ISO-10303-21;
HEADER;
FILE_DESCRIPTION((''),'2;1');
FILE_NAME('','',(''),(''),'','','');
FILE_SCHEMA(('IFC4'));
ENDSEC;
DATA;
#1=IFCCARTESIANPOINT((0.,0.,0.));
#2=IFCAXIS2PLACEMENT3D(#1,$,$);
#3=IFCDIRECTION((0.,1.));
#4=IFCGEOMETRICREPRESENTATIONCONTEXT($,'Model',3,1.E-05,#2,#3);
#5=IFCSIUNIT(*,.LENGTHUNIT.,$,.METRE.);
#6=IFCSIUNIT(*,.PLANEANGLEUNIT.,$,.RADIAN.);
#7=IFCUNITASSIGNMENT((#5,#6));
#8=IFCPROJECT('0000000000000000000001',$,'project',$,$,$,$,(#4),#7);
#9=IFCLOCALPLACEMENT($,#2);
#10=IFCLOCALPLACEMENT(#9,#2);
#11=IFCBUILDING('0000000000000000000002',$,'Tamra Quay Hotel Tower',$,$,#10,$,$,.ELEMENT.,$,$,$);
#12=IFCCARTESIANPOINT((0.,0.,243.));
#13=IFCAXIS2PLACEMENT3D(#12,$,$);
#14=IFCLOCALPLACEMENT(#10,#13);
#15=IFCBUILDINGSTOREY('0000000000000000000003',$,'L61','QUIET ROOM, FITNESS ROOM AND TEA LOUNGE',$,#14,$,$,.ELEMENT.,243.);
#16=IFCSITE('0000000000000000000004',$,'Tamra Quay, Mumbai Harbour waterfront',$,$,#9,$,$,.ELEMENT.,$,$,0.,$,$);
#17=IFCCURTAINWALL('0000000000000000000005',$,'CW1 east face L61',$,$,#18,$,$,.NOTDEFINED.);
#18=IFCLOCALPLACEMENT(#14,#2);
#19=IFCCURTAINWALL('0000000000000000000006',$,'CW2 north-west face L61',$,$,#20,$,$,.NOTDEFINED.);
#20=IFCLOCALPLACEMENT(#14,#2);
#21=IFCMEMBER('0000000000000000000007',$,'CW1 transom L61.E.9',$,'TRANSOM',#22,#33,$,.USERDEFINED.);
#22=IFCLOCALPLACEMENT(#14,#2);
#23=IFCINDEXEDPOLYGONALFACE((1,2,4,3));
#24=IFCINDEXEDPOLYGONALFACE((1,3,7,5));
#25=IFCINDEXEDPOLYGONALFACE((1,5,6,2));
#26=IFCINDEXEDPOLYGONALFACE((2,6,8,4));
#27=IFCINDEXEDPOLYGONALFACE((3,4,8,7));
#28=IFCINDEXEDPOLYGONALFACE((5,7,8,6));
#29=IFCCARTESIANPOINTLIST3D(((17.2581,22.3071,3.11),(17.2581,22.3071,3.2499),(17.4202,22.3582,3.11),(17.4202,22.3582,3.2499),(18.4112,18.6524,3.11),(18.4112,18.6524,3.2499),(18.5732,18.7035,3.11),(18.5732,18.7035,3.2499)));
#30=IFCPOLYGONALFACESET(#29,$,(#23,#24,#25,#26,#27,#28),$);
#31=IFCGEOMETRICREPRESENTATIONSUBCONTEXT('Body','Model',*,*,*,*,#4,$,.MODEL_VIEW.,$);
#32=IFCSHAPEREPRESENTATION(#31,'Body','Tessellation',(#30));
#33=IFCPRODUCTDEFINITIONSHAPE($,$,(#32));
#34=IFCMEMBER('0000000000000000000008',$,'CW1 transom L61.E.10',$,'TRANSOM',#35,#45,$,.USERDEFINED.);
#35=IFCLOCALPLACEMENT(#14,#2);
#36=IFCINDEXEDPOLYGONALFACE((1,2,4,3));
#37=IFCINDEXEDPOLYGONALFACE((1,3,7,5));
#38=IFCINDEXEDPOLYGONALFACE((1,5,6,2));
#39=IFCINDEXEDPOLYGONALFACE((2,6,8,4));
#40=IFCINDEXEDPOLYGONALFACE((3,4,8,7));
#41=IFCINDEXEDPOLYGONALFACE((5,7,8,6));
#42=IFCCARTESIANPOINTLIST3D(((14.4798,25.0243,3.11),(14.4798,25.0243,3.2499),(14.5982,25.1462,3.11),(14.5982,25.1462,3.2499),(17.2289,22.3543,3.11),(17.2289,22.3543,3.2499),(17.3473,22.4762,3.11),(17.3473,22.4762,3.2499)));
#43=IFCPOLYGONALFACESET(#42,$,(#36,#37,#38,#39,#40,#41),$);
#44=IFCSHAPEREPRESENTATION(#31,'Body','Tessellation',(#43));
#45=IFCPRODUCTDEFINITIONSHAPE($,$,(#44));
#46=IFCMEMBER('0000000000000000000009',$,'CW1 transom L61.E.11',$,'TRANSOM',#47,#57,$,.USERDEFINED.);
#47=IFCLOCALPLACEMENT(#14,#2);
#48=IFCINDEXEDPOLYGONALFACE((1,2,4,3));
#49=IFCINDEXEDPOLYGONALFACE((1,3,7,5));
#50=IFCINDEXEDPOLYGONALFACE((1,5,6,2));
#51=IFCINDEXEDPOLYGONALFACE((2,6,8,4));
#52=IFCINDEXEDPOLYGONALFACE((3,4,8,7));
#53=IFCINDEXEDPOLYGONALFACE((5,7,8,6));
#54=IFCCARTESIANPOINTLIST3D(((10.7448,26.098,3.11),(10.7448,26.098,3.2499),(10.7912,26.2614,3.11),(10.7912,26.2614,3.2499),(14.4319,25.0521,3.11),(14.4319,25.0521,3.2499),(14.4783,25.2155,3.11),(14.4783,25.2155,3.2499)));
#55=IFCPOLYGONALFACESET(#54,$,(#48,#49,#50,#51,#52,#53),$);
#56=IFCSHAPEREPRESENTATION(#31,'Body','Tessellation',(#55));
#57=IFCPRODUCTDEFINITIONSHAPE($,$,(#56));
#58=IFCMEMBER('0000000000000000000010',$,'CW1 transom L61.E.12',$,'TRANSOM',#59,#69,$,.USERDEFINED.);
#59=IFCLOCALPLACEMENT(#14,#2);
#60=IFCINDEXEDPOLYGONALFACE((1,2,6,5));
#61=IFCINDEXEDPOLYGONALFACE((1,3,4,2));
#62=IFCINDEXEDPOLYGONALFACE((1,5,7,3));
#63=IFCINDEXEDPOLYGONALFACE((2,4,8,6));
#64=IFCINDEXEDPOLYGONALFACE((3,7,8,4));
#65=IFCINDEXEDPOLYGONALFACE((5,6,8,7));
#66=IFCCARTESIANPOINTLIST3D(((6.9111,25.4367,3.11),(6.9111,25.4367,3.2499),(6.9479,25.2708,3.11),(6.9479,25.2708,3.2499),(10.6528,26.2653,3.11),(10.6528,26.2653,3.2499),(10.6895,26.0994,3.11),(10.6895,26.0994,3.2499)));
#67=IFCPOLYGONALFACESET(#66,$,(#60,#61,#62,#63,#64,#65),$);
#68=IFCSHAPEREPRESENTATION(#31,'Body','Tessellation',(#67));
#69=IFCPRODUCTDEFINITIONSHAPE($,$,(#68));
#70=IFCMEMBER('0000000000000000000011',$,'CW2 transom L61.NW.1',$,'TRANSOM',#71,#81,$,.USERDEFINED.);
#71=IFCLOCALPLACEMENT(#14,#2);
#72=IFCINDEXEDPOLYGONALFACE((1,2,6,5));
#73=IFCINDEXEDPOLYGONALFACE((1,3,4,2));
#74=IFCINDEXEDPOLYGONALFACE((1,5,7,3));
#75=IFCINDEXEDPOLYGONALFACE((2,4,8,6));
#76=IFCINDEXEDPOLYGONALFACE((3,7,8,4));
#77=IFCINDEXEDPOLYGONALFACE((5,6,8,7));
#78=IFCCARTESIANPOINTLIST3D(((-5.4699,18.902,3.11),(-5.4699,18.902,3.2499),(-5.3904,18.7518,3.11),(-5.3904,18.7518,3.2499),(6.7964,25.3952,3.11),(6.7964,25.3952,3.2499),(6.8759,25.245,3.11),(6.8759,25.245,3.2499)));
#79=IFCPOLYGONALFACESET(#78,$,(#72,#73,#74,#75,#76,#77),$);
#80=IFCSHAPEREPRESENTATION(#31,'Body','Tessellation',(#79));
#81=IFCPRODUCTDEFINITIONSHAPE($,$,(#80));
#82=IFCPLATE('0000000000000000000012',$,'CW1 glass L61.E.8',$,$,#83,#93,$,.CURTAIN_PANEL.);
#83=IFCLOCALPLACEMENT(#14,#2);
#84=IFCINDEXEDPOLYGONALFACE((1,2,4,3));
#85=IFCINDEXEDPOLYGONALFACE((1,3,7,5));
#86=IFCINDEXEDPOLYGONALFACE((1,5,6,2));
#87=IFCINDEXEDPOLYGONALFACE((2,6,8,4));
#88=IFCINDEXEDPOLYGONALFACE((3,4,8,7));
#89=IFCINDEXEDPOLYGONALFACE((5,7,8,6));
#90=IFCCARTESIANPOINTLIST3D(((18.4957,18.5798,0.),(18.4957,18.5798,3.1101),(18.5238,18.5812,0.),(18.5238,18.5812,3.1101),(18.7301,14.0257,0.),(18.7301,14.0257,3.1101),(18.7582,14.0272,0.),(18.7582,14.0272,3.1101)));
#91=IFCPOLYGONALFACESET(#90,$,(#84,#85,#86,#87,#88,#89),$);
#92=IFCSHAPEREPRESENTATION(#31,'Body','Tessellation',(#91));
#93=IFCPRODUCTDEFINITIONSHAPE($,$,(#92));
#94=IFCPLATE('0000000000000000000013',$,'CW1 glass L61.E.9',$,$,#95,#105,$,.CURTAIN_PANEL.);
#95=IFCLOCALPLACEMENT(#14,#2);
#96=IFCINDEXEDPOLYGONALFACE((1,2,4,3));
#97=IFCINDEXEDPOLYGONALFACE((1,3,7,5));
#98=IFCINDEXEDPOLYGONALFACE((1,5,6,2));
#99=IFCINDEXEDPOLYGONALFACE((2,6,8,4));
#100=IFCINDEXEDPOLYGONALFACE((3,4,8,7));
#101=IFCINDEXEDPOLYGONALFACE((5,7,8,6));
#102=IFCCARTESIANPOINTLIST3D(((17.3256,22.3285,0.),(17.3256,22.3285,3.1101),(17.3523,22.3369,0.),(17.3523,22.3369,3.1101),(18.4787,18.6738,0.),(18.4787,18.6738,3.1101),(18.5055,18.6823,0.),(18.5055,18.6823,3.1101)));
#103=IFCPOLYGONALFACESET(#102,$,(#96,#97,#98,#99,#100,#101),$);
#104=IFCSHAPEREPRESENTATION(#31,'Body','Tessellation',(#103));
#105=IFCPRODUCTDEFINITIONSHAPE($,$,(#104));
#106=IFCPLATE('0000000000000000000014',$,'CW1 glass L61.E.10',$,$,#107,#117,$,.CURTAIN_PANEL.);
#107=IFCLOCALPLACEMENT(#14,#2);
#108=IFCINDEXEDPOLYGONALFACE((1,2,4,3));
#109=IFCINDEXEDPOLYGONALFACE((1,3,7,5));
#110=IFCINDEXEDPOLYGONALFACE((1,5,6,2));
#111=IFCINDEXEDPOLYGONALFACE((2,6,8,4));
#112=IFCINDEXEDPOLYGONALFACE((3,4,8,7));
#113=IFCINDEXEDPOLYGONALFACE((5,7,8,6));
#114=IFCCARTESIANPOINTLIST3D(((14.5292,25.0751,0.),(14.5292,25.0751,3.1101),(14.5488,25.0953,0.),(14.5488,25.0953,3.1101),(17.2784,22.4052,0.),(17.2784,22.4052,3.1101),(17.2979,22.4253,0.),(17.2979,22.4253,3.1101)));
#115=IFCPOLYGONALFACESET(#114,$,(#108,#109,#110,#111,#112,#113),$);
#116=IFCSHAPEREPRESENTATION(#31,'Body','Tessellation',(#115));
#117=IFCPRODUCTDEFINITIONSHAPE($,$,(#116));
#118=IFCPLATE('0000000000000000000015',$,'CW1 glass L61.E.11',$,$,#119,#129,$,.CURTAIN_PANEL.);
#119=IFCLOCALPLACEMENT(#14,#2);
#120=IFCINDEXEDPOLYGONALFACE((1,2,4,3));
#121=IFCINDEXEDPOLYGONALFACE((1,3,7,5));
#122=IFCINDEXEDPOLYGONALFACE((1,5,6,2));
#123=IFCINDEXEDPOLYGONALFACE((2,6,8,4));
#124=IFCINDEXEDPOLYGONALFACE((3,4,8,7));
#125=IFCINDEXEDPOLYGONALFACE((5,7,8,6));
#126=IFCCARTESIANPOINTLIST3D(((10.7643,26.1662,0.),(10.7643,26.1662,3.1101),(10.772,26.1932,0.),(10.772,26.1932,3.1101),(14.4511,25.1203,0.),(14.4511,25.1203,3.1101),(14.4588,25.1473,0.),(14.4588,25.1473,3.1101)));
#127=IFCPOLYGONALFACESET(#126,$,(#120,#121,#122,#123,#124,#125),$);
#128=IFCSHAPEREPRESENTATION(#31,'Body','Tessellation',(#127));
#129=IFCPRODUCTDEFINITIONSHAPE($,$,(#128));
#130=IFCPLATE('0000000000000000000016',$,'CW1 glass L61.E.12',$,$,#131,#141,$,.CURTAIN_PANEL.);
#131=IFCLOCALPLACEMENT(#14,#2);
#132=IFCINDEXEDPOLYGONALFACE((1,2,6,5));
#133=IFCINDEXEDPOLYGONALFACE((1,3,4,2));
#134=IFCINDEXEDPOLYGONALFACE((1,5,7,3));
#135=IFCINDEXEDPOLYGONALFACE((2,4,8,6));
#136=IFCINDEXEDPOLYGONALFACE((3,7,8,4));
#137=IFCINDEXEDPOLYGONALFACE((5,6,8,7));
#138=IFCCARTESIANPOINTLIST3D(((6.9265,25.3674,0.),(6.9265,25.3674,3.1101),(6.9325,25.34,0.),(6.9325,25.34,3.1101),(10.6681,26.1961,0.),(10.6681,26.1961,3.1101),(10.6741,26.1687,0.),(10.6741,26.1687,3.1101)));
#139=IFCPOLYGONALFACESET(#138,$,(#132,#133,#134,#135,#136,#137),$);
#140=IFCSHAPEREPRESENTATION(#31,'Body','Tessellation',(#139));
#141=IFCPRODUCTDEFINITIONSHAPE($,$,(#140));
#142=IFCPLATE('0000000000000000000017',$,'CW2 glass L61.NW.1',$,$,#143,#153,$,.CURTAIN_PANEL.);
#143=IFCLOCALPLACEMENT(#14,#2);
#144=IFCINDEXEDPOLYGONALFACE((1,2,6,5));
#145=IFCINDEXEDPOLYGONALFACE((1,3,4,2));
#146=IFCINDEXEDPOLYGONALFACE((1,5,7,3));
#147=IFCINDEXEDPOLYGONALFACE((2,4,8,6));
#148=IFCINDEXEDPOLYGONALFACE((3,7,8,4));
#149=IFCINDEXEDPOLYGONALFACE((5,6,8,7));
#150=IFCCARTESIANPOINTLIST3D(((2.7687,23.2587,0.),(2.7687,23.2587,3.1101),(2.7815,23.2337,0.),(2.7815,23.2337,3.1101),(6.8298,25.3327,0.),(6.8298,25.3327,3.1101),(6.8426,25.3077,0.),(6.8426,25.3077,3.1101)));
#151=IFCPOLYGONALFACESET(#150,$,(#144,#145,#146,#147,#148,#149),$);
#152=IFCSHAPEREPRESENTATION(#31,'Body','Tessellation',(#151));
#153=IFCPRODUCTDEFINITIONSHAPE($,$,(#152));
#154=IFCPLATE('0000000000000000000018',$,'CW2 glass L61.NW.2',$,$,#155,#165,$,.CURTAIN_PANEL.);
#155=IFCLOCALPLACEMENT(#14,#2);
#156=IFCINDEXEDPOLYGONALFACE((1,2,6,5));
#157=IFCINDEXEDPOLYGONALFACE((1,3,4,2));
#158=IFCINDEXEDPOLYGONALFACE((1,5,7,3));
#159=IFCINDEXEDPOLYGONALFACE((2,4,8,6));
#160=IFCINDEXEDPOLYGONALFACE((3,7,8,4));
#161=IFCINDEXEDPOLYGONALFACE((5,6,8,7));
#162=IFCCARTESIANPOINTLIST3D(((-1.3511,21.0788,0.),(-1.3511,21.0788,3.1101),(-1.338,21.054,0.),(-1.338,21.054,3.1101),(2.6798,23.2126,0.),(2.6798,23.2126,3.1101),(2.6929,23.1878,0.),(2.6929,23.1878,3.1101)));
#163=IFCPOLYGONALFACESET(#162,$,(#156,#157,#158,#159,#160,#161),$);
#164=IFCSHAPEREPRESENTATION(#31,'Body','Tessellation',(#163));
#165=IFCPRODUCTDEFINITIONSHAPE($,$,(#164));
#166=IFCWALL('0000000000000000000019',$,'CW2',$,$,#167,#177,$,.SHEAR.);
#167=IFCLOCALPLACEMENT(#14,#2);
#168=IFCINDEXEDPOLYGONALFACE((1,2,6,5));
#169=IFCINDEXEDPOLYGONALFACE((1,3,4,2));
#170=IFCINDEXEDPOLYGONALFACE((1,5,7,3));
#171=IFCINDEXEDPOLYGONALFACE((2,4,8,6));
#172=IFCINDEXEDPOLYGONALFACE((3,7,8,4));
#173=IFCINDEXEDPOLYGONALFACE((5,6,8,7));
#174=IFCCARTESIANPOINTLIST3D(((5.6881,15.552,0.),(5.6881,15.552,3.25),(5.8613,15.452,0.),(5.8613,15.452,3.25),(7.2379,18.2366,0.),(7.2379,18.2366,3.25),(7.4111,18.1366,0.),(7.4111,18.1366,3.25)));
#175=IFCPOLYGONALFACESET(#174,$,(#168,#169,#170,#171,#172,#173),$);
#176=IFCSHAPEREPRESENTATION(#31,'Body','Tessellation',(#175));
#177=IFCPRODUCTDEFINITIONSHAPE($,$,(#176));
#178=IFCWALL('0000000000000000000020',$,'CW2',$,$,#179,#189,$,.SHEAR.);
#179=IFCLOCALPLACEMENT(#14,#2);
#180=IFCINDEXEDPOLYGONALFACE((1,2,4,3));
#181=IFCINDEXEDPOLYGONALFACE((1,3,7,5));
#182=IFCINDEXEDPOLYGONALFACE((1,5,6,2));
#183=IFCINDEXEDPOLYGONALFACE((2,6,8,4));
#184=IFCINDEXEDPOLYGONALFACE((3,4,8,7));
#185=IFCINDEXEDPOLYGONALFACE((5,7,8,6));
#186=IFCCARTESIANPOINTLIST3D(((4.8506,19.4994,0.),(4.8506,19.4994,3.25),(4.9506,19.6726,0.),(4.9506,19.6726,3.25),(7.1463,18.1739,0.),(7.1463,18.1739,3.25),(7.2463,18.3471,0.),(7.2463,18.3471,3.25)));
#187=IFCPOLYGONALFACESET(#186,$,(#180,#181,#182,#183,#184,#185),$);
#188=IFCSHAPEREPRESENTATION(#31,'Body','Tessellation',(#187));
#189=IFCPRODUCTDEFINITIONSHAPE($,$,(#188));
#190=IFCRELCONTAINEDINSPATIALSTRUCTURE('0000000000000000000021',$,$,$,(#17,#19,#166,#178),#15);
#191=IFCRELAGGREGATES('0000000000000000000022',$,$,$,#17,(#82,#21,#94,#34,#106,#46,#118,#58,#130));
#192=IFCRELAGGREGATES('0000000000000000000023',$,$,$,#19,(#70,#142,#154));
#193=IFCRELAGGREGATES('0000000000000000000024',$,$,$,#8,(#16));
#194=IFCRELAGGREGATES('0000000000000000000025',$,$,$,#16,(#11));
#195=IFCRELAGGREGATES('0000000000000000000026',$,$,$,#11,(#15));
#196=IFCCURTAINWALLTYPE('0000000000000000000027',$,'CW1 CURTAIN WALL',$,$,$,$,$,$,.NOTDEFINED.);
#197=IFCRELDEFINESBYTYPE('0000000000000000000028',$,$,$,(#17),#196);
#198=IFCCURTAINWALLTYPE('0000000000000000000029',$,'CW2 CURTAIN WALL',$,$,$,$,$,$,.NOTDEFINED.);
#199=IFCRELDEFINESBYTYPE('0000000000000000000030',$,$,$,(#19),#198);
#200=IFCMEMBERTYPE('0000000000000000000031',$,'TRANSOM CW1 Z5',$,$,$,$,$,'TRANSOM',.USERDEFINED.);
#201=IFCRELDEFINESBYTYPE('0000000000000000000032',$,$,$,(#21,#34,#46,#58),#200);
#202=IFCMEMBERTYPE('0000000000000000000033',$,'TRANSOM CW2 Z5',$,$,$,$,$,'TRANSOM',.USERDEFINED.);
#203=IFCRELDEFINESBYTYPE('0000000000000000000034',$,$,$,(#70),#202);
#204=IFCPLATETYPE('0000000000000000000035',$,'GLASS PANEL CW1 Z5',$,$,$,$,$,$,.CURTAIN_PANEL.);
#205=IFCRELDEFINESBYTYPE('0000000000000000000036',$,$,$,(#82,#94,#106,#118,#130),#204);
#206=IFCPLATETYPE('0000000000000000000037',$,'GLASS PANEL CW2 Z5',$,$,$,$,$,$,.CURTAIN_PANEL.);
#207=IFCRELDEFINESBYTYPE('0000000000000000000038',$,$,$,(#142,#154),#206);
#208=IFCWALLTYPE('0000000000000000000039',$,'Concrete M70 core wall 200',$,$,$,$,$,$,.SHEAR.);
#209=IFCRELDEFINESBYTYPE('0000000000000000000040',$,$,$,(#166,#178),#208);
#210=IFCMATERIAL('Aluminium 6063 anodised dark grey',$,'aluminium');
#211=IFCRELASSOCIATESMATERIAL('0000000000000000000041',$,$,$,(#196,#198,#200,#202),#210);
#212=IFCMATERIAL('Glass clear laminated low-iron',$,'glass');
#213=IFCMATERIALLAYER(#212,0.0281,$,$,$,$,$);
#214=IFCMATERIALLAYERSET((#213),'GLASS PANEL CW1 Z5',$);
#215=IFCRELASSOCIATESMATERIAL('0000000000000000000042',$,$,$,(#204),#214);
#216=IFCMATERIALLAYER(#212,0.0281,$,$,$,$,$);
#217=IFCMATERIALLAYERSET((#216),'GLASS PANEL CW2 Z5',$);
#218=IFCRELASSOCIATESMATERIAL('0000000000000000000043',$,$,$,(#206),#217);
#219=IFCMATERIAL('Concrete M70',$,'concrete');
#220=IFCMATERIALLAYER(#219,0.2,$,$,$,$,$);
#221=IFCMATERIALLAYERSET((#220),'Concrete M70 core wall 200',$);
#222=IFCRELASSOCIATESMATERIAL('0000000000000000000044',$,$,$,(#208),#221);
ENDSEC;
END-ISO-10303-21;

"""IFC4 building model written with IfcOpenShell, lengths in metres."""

from ifc_helpers import new_model, si_unit, direction, frame, frame_2d, origin, origin_2d, place, context, subcontext, project, spatial, rectangle, extrude, material, layer, layer_set, material_profile, profile_set, type_object, element, aggregate, save


model = new_model("IFC4")

# Units and contexts
model_context = context("Model", 3, precision=1e-05, world=origin(), true_north=direction((0.0, 1.0)))
body_context = subcontext(model_context, "Body", "Model", "MODEL_VIEW")
ifc_project = project(units=[si_unit("LENGTHUNIT", "METRE"), si_unit("PLANEANGLEUNIT", "RADIAN")], contexts=[model_context])

# Site, building, storey
site_placement = place(None, origin())
site = spatial("IfcSite", under=ifc_project, at=site_placement, Name="Tamra Quay, Mumbai Harbour waterfront", CompositionType="ELEMENT", RefElevation=0.0)
building_placement = place(site_placement, origin())
building = spatial("IfcBuilding", under=site, at=building_placement, Name="Tamra Quay Hotel Tower", CompositionType="ELEMENT")
storey_placement = place(building_placement, frame((0.0, 0.0, 243.0)))
storey = spatial("IfcBuildingStorey", under=building, at=storey_placement, Name="L61", Description="QUIET ROOM, FITNESS ROOM AND TEA LOUNGE", CompositionType="ELEMENT", Elevation=243.0)

# Shared definitions
ifc_material_1 = material(Name="Concrete M70", Category="concrete")

# Curtain walls
ifc_material_2 = material(Name="Aluminium 6063 anodised dark grey", Category="aluminium")
curtain_wall_type_1 = type_object("IfcCurtainWallType", Name="CW1 CURTAIN WALL", PredefinedType="NOTDEFINED", material=ifc_material_2)
curtain_wall_1_placement = place(storey_placement, origin())
curtain_wall_1 = element("IfcCurtainWall", 1, at=curtain_wall_1_placement, inside=storey, type_object=curtain_wall_type_1, Name="CW1 east face L61", PredefinedType="NOTDEFINED")
curtain_wall_type_2 = type_object("IfcCurtainWallType", Name="CW2 CURTAIN WALL", PredefinedType="NOTDEFINED", material=ifc_material_2)
curtain_wall_2_placement = place(storey_placement, origin())
curtain_wall_2 = element("IfcCurtainWall", 2, at=curtain_wall_2_placement, inside=storey, type_object=curtain_wall_type_2, Name="CW2 north-west face L61", PredefinedType="NOTDEFINED")

# Members
ifc_material_profile_1 = material_profile(ifc_material_2, rectangle(XDim=0.1699, YDim=0.1399, at=origin_2d()), Name="TRANSOM 170X140")
ifc_profile_set_1 = profile_set([ifc_material_profile_1], Name="Aluminium 6063 anodised dark grey")
member_type_1 = type_object("IfcMemberType", Name="TRANSOM CW1 Z5", ElementType="TRANSOM", PredefinedType="USERDEFINED", material=ifc_profile_set_1)
member_1_placement = place(storey_placement, frame((18.4922, 18.678, 3.1799), z_axis=(-0.300878, 0.953663, 0.0), x_axis=(-0.953663, -0.300878, 0.0)))
member_1 = element("IfcMember", 3, at=member_1_placement, type_object=member_type_1, Name="CW1 transom L61.E.9", ObjectType="TRANSOM", PredefinedType="USERDEFINED", context=body_context, shape_type="SweptSolid", body=[
    extrude(rectangle(XDim=0.1699, YDim=0.1399, at=origin_2d()), origin(), (0.0, 0.0, 1.0), 3.8323),
])
member_2_placement = place(storey_placement, frame((17.2881, 22.4153, 3.1799), z_axis=(-0.717352, 0.696711, 0.0), x_axis=(-0.696711, -0.717352, 0.0)))
member_2 = element("IfcMember", 4, at=member_2_placement, type_object=member_type_1, Name="CW1 transom L61.E.10", ObjectType="TRANSOM", PredefinedType="USERDEFINED", context=body_context, shape_type="SweptSolid", body=[
    extrude(rectangle(XDim=0.1699, YDim=0.1399, at=origin_2d()), origin(), (0.0, 0.0, 1.0), 3.8323),
])
member_3_placement = place(storey_placement, frame((14.4551, 25.1338, 3.1799), z_axis=(-0.962041, 0.272903, 0.0), x_axis=(-0.272903, -0.962041, 0.0)))
member_3 = element("IfcMember", 5, at=member_3_placement, type_object=member_type_1, Name="CW1 transom L61.E.11", ObjectType="TRANSOM", PredefinedType="USERDEFINED", context=body_context, shape_type="SweptSolid", body=[
    extrude(rectangle(XDim=0.1699, YDim=0.1399, at=origin_2d()), origin(), (0.0, 0.0, 1.0), 3.8325),
])
member_4_placement = place(storey_placement, frame((10.6711, 26.1824, 3.1799), z_axis=(-0.976346, -0.216215, 0.0), x_axis=(0.216215, -0.976346, 0.0)))
member_4 = element("IfcMember", 6, at=member_4_placement, type_object=member_type_1, Name="CW1 transom L61.E.12", ObjectType="TRANSOM", PredefinedType="USERDEFINED", context=body_context, shape_type="SweptSolid", body=[
    extrude(rectangle(XDim=0.1699, YDim=0.1399, at=origin_2d()), origin(), (0.0, 0.0, 1.0), 3.8323),
])
ifc_material_profile_2 = material_profile(ifc_material_2, rectangle(XDim=0.1699, YDim=0.1399, at=origin_2d()), Name="TRANSOM 170X140")
ifc_profile_set_2 = profile_set([ifc_material_profile_2], Name="Aluminium 6063 anodised dark grey")
member_type_2 = type_object("IfcMemberType", Name="TRANSOM CW2 Z5", ElementType="TRANSOM", PredefinedType="USERDEFINED", material=ifc_profile_set_2)
member_5_placement = place(storey_placement, frame((6.8362, 25.3201, 3.1799), z_axis=(-0.883811, -0.467843, 0.0), x_axis=(0.467843, -0.883811, 0.0)))
member_5 = element("IfcMember", 7, at=member_5_placement, type_object=member_type_2, Name="CW2 transom L61.NW.1", ObjectType="TRANSOM", PredefinedType="USERDEFINED", context=body_context, shape_type="SweptSolid", body=[
    extrude(rectangle(XDim=0.1699, YDim=0.1399, at=origin_2d()), origin(), (0.0, 0.0, 1.0), 13.8789),
])

# Plates
ifc_material_3 = material(Name="Glass clear laminated low-iron", Category="glass")
ifc_layer_1 = layer(ifc_material_3, 0.0281)
ifc_layer_set_1 = layer_set([ifc_layer_1], Name="GLASS PANEL CW1 Z5")
plate_type_1 = type_object("IfcPlateType", Name="GLASS PANEL CW1 Z5", PredefinedType="CURTAIN_PANEL", material=ifc_layer_set_1)
plate_1_placement = place(storey_placement, frame((18.627, 16.3035, 0.0), z_axis=(0.0, 0.0, 1.0), x_axis=(-0.051403, 0.998678, 0.0)))
plate_1 = element("IfcPlate", 8, at=plate_1_placement, type_object=plate_type_1, Name="CW1 glass L61.E.8", PredefinedType="CURTAIN_PANEL", context=body_context, shape_type="SweptSolid", body=[
    extrude(rectangle(XDim=4.5601, YDim=0.0281, at=origin_2d()), origin(), (0.0, 0.0, 1.0), 3.1101),
])
plate_2_placement = place(storey_placement, frame((17.9155, 20.5054, 0.0), z_axis=(0.0, 0.0, 1.0), x_axis=(-0.300903, 0.953655, 0.0)))
plate_2 = element("IfcPlate", 9, at=plate_2_placement, type_object=plate_type_1, Name="CW1 glass L61.E.9", PredefinedType="CURTAIN_PANEL", context=body_context, shape_type="SweptSolid", body=[
    extrude(rectangle(XDim=3.8323, YDim=0.0281, at=origin_2d()), origin(), (0.0, 0.0, 1.0), 3.1101),
])
plate_3_placement = place(storey_placement, frame((15.9136, 23.7502, 0.0), z_axis=(0.0, 0.0, 1.0), x_axis=(-0.717364, 0.696698, 0.0)))
plate_3 = element("IfcPlate", 10, at=plate_3_placement, type_object=plate_type_1, Name="CW1 glass L61.E.10", PredefinedType="CURTAIN_PANEL", context=body_context, shape_type="SweptSolid", body=[
    extrude(rectangle(XDim=3.8323, YDim=0.0281, at=origin_2d()), origin(), (0.0, 0.0, 1.0), 3.1101),
])
plate_4_placement = place(storey_placement, frame((12.6116, 25.6567, 0.0), z_axis=(0.0, 0.0, 1.0), x_axis=(-0.962041, 0.272906, 0.0)))
plate_4 = element("IfcPlate", 11, at=plate_4_placement, type_object=plate_type_1, Name="CW1 glass L61.E.11", PredefinedType="CURTAIN_PANEL", context=body_context, shape_type="SweptSolid", body=[
    extrude(rectangle(XDim=3.8323, YDim=0.0281, at=origin_2d()), origin(), (0.0, 0.0, 1.0), 3.1101),
])
plate_5_placement = place(storey_placement, frame((8.8003, 25.7681, 0.0), z_axis=(0.0, 0.0, 1.0), x_axis=(-0.976341, -0.216238, 0.0)))
plate_5 = element("IfcPlate", 12, at=plate_5_placement, type_object=plate_type_1, Name="CW1 glass L61.E.12", PredefinedType="CURTAIN_PANEL", context=body_context, shape_type="SweptSolid", body=[
    extrude(rectangle(XDim=3.8323, YDim=0.0281, at=origin_2d()), origin(), (0.0, 0.0, 1.0), 3.1101),
])
aggregate(curtain_wall_1, [plate_1, member_1, plate_2, member_2, plate_3, member_3, plate_4, member_4, plate_5])
ifc_layer_2 = layer(ifc_material_3, 0.0281)
ifc_layer_set_2 = layer_set([ifc_layer_2], Name="GLASS PANEL CW2 Z5")
plate_type_2 = type_object("IfcPlateType", Name="GLASS PANEL CW2 Z5", PredefinedType="CURTAIN_PANEL", material=ifc_layer_set_2)
plate_6_placement = place(storey_placement, frame((4.8057, 24.2832, 0.0), z_axis=(0.0, 0.0, 1.0), x_axis=(-0.890582, -0.454823, 0.0)))
plate_6 = element("IfcPlate", 13, at=plate_6_placement, type_object=plate_type_2, Name="CW2 glass L61.NW.1", PredefinedType="CURTAIN_PANEL", context=body_context, shape_type="SweptSolid", body=[
    extrude(rectangle(XDim=4.5601, YDim=0.0281, at=origin_2d()), origin(), (0.0, 0.0, 1.0), 3.1101),
])
plate_7_placement = place(storey_placement, frame((0.6709, 22.1333, 0.0), z_axis=(0.0, 0.0, 1.0), x_axis=(-0.883813, -0.467841, 0.0)))
plate_7 = element("IfcPlate", 14, at=plate_7_placement, type_object=plate_type_2, Name="CW2 glass L61.NW.2", PredefinedType="CURTAIN_PANEL", context=body_context, shape_type="SweptSolid", body=[
    extrude(rectangle(XDim=4.5608, YDim=0.0281, at=origin_2d()), origin(), (0.0, 0.0, 1.0), 3.1101),
])
aggregate(curtain_wall_2, [member_5, plate_6, plate_7])

# Walls
ifc_layer_3 = layer(ifc_material_1, 0.2)
ifc_layer_set_3 = layer_set([ifc_layer_3], Name="Concrete M70 core wall 200")
wall_type_1 = type_object("IfcWallType", Name="Concrete M70 core wall 200", PredefinedType="SHEAR", material=ifc_layer_set_3)
wall_1_placement = place(storey_placement, frame((7.3245, 18.1865, 0.0), z_axis=(0.0, 0.0, 1.0), x_axis=(-0.499968, -0.866044, 0.0)))
element("IfcWall", 15, at=wall_1_placement, inside=storey, type_object=wall_type_1, Name="CW2", PredefinedType="SHEAR", context=body_context, shape_type="SweptSolid", body=[
    extrude(rectangle(XDim=3.0999, YDim=0.2, at=frame_2d((1.5498, 0.0))), origin(), (0.0, 0.0, 1.0), 3.25),
])
wall_2_placement = place(storey_placement, frame((7.1963, 18.2605, 0.0), z_axis=(0.0, 0.0, 1.0), x_axis=(-0.866018, 0.500012, 0.0)))
element("IfcWall", 16, at=wall_2_placement, inside=storey, type_object=wall_type_1, Name="CW2", PredefinedType="SHEAR", context=body_context, shape_type="SweptSolid", body=[
    extrude(rectangle(XDim=2.6509, YDim=0.2, at=frame_2d((1.3254, 0.0))), origin(), (0.0, 0.0, 1.0), 3.25),
])

save(model, "model.ifc")
